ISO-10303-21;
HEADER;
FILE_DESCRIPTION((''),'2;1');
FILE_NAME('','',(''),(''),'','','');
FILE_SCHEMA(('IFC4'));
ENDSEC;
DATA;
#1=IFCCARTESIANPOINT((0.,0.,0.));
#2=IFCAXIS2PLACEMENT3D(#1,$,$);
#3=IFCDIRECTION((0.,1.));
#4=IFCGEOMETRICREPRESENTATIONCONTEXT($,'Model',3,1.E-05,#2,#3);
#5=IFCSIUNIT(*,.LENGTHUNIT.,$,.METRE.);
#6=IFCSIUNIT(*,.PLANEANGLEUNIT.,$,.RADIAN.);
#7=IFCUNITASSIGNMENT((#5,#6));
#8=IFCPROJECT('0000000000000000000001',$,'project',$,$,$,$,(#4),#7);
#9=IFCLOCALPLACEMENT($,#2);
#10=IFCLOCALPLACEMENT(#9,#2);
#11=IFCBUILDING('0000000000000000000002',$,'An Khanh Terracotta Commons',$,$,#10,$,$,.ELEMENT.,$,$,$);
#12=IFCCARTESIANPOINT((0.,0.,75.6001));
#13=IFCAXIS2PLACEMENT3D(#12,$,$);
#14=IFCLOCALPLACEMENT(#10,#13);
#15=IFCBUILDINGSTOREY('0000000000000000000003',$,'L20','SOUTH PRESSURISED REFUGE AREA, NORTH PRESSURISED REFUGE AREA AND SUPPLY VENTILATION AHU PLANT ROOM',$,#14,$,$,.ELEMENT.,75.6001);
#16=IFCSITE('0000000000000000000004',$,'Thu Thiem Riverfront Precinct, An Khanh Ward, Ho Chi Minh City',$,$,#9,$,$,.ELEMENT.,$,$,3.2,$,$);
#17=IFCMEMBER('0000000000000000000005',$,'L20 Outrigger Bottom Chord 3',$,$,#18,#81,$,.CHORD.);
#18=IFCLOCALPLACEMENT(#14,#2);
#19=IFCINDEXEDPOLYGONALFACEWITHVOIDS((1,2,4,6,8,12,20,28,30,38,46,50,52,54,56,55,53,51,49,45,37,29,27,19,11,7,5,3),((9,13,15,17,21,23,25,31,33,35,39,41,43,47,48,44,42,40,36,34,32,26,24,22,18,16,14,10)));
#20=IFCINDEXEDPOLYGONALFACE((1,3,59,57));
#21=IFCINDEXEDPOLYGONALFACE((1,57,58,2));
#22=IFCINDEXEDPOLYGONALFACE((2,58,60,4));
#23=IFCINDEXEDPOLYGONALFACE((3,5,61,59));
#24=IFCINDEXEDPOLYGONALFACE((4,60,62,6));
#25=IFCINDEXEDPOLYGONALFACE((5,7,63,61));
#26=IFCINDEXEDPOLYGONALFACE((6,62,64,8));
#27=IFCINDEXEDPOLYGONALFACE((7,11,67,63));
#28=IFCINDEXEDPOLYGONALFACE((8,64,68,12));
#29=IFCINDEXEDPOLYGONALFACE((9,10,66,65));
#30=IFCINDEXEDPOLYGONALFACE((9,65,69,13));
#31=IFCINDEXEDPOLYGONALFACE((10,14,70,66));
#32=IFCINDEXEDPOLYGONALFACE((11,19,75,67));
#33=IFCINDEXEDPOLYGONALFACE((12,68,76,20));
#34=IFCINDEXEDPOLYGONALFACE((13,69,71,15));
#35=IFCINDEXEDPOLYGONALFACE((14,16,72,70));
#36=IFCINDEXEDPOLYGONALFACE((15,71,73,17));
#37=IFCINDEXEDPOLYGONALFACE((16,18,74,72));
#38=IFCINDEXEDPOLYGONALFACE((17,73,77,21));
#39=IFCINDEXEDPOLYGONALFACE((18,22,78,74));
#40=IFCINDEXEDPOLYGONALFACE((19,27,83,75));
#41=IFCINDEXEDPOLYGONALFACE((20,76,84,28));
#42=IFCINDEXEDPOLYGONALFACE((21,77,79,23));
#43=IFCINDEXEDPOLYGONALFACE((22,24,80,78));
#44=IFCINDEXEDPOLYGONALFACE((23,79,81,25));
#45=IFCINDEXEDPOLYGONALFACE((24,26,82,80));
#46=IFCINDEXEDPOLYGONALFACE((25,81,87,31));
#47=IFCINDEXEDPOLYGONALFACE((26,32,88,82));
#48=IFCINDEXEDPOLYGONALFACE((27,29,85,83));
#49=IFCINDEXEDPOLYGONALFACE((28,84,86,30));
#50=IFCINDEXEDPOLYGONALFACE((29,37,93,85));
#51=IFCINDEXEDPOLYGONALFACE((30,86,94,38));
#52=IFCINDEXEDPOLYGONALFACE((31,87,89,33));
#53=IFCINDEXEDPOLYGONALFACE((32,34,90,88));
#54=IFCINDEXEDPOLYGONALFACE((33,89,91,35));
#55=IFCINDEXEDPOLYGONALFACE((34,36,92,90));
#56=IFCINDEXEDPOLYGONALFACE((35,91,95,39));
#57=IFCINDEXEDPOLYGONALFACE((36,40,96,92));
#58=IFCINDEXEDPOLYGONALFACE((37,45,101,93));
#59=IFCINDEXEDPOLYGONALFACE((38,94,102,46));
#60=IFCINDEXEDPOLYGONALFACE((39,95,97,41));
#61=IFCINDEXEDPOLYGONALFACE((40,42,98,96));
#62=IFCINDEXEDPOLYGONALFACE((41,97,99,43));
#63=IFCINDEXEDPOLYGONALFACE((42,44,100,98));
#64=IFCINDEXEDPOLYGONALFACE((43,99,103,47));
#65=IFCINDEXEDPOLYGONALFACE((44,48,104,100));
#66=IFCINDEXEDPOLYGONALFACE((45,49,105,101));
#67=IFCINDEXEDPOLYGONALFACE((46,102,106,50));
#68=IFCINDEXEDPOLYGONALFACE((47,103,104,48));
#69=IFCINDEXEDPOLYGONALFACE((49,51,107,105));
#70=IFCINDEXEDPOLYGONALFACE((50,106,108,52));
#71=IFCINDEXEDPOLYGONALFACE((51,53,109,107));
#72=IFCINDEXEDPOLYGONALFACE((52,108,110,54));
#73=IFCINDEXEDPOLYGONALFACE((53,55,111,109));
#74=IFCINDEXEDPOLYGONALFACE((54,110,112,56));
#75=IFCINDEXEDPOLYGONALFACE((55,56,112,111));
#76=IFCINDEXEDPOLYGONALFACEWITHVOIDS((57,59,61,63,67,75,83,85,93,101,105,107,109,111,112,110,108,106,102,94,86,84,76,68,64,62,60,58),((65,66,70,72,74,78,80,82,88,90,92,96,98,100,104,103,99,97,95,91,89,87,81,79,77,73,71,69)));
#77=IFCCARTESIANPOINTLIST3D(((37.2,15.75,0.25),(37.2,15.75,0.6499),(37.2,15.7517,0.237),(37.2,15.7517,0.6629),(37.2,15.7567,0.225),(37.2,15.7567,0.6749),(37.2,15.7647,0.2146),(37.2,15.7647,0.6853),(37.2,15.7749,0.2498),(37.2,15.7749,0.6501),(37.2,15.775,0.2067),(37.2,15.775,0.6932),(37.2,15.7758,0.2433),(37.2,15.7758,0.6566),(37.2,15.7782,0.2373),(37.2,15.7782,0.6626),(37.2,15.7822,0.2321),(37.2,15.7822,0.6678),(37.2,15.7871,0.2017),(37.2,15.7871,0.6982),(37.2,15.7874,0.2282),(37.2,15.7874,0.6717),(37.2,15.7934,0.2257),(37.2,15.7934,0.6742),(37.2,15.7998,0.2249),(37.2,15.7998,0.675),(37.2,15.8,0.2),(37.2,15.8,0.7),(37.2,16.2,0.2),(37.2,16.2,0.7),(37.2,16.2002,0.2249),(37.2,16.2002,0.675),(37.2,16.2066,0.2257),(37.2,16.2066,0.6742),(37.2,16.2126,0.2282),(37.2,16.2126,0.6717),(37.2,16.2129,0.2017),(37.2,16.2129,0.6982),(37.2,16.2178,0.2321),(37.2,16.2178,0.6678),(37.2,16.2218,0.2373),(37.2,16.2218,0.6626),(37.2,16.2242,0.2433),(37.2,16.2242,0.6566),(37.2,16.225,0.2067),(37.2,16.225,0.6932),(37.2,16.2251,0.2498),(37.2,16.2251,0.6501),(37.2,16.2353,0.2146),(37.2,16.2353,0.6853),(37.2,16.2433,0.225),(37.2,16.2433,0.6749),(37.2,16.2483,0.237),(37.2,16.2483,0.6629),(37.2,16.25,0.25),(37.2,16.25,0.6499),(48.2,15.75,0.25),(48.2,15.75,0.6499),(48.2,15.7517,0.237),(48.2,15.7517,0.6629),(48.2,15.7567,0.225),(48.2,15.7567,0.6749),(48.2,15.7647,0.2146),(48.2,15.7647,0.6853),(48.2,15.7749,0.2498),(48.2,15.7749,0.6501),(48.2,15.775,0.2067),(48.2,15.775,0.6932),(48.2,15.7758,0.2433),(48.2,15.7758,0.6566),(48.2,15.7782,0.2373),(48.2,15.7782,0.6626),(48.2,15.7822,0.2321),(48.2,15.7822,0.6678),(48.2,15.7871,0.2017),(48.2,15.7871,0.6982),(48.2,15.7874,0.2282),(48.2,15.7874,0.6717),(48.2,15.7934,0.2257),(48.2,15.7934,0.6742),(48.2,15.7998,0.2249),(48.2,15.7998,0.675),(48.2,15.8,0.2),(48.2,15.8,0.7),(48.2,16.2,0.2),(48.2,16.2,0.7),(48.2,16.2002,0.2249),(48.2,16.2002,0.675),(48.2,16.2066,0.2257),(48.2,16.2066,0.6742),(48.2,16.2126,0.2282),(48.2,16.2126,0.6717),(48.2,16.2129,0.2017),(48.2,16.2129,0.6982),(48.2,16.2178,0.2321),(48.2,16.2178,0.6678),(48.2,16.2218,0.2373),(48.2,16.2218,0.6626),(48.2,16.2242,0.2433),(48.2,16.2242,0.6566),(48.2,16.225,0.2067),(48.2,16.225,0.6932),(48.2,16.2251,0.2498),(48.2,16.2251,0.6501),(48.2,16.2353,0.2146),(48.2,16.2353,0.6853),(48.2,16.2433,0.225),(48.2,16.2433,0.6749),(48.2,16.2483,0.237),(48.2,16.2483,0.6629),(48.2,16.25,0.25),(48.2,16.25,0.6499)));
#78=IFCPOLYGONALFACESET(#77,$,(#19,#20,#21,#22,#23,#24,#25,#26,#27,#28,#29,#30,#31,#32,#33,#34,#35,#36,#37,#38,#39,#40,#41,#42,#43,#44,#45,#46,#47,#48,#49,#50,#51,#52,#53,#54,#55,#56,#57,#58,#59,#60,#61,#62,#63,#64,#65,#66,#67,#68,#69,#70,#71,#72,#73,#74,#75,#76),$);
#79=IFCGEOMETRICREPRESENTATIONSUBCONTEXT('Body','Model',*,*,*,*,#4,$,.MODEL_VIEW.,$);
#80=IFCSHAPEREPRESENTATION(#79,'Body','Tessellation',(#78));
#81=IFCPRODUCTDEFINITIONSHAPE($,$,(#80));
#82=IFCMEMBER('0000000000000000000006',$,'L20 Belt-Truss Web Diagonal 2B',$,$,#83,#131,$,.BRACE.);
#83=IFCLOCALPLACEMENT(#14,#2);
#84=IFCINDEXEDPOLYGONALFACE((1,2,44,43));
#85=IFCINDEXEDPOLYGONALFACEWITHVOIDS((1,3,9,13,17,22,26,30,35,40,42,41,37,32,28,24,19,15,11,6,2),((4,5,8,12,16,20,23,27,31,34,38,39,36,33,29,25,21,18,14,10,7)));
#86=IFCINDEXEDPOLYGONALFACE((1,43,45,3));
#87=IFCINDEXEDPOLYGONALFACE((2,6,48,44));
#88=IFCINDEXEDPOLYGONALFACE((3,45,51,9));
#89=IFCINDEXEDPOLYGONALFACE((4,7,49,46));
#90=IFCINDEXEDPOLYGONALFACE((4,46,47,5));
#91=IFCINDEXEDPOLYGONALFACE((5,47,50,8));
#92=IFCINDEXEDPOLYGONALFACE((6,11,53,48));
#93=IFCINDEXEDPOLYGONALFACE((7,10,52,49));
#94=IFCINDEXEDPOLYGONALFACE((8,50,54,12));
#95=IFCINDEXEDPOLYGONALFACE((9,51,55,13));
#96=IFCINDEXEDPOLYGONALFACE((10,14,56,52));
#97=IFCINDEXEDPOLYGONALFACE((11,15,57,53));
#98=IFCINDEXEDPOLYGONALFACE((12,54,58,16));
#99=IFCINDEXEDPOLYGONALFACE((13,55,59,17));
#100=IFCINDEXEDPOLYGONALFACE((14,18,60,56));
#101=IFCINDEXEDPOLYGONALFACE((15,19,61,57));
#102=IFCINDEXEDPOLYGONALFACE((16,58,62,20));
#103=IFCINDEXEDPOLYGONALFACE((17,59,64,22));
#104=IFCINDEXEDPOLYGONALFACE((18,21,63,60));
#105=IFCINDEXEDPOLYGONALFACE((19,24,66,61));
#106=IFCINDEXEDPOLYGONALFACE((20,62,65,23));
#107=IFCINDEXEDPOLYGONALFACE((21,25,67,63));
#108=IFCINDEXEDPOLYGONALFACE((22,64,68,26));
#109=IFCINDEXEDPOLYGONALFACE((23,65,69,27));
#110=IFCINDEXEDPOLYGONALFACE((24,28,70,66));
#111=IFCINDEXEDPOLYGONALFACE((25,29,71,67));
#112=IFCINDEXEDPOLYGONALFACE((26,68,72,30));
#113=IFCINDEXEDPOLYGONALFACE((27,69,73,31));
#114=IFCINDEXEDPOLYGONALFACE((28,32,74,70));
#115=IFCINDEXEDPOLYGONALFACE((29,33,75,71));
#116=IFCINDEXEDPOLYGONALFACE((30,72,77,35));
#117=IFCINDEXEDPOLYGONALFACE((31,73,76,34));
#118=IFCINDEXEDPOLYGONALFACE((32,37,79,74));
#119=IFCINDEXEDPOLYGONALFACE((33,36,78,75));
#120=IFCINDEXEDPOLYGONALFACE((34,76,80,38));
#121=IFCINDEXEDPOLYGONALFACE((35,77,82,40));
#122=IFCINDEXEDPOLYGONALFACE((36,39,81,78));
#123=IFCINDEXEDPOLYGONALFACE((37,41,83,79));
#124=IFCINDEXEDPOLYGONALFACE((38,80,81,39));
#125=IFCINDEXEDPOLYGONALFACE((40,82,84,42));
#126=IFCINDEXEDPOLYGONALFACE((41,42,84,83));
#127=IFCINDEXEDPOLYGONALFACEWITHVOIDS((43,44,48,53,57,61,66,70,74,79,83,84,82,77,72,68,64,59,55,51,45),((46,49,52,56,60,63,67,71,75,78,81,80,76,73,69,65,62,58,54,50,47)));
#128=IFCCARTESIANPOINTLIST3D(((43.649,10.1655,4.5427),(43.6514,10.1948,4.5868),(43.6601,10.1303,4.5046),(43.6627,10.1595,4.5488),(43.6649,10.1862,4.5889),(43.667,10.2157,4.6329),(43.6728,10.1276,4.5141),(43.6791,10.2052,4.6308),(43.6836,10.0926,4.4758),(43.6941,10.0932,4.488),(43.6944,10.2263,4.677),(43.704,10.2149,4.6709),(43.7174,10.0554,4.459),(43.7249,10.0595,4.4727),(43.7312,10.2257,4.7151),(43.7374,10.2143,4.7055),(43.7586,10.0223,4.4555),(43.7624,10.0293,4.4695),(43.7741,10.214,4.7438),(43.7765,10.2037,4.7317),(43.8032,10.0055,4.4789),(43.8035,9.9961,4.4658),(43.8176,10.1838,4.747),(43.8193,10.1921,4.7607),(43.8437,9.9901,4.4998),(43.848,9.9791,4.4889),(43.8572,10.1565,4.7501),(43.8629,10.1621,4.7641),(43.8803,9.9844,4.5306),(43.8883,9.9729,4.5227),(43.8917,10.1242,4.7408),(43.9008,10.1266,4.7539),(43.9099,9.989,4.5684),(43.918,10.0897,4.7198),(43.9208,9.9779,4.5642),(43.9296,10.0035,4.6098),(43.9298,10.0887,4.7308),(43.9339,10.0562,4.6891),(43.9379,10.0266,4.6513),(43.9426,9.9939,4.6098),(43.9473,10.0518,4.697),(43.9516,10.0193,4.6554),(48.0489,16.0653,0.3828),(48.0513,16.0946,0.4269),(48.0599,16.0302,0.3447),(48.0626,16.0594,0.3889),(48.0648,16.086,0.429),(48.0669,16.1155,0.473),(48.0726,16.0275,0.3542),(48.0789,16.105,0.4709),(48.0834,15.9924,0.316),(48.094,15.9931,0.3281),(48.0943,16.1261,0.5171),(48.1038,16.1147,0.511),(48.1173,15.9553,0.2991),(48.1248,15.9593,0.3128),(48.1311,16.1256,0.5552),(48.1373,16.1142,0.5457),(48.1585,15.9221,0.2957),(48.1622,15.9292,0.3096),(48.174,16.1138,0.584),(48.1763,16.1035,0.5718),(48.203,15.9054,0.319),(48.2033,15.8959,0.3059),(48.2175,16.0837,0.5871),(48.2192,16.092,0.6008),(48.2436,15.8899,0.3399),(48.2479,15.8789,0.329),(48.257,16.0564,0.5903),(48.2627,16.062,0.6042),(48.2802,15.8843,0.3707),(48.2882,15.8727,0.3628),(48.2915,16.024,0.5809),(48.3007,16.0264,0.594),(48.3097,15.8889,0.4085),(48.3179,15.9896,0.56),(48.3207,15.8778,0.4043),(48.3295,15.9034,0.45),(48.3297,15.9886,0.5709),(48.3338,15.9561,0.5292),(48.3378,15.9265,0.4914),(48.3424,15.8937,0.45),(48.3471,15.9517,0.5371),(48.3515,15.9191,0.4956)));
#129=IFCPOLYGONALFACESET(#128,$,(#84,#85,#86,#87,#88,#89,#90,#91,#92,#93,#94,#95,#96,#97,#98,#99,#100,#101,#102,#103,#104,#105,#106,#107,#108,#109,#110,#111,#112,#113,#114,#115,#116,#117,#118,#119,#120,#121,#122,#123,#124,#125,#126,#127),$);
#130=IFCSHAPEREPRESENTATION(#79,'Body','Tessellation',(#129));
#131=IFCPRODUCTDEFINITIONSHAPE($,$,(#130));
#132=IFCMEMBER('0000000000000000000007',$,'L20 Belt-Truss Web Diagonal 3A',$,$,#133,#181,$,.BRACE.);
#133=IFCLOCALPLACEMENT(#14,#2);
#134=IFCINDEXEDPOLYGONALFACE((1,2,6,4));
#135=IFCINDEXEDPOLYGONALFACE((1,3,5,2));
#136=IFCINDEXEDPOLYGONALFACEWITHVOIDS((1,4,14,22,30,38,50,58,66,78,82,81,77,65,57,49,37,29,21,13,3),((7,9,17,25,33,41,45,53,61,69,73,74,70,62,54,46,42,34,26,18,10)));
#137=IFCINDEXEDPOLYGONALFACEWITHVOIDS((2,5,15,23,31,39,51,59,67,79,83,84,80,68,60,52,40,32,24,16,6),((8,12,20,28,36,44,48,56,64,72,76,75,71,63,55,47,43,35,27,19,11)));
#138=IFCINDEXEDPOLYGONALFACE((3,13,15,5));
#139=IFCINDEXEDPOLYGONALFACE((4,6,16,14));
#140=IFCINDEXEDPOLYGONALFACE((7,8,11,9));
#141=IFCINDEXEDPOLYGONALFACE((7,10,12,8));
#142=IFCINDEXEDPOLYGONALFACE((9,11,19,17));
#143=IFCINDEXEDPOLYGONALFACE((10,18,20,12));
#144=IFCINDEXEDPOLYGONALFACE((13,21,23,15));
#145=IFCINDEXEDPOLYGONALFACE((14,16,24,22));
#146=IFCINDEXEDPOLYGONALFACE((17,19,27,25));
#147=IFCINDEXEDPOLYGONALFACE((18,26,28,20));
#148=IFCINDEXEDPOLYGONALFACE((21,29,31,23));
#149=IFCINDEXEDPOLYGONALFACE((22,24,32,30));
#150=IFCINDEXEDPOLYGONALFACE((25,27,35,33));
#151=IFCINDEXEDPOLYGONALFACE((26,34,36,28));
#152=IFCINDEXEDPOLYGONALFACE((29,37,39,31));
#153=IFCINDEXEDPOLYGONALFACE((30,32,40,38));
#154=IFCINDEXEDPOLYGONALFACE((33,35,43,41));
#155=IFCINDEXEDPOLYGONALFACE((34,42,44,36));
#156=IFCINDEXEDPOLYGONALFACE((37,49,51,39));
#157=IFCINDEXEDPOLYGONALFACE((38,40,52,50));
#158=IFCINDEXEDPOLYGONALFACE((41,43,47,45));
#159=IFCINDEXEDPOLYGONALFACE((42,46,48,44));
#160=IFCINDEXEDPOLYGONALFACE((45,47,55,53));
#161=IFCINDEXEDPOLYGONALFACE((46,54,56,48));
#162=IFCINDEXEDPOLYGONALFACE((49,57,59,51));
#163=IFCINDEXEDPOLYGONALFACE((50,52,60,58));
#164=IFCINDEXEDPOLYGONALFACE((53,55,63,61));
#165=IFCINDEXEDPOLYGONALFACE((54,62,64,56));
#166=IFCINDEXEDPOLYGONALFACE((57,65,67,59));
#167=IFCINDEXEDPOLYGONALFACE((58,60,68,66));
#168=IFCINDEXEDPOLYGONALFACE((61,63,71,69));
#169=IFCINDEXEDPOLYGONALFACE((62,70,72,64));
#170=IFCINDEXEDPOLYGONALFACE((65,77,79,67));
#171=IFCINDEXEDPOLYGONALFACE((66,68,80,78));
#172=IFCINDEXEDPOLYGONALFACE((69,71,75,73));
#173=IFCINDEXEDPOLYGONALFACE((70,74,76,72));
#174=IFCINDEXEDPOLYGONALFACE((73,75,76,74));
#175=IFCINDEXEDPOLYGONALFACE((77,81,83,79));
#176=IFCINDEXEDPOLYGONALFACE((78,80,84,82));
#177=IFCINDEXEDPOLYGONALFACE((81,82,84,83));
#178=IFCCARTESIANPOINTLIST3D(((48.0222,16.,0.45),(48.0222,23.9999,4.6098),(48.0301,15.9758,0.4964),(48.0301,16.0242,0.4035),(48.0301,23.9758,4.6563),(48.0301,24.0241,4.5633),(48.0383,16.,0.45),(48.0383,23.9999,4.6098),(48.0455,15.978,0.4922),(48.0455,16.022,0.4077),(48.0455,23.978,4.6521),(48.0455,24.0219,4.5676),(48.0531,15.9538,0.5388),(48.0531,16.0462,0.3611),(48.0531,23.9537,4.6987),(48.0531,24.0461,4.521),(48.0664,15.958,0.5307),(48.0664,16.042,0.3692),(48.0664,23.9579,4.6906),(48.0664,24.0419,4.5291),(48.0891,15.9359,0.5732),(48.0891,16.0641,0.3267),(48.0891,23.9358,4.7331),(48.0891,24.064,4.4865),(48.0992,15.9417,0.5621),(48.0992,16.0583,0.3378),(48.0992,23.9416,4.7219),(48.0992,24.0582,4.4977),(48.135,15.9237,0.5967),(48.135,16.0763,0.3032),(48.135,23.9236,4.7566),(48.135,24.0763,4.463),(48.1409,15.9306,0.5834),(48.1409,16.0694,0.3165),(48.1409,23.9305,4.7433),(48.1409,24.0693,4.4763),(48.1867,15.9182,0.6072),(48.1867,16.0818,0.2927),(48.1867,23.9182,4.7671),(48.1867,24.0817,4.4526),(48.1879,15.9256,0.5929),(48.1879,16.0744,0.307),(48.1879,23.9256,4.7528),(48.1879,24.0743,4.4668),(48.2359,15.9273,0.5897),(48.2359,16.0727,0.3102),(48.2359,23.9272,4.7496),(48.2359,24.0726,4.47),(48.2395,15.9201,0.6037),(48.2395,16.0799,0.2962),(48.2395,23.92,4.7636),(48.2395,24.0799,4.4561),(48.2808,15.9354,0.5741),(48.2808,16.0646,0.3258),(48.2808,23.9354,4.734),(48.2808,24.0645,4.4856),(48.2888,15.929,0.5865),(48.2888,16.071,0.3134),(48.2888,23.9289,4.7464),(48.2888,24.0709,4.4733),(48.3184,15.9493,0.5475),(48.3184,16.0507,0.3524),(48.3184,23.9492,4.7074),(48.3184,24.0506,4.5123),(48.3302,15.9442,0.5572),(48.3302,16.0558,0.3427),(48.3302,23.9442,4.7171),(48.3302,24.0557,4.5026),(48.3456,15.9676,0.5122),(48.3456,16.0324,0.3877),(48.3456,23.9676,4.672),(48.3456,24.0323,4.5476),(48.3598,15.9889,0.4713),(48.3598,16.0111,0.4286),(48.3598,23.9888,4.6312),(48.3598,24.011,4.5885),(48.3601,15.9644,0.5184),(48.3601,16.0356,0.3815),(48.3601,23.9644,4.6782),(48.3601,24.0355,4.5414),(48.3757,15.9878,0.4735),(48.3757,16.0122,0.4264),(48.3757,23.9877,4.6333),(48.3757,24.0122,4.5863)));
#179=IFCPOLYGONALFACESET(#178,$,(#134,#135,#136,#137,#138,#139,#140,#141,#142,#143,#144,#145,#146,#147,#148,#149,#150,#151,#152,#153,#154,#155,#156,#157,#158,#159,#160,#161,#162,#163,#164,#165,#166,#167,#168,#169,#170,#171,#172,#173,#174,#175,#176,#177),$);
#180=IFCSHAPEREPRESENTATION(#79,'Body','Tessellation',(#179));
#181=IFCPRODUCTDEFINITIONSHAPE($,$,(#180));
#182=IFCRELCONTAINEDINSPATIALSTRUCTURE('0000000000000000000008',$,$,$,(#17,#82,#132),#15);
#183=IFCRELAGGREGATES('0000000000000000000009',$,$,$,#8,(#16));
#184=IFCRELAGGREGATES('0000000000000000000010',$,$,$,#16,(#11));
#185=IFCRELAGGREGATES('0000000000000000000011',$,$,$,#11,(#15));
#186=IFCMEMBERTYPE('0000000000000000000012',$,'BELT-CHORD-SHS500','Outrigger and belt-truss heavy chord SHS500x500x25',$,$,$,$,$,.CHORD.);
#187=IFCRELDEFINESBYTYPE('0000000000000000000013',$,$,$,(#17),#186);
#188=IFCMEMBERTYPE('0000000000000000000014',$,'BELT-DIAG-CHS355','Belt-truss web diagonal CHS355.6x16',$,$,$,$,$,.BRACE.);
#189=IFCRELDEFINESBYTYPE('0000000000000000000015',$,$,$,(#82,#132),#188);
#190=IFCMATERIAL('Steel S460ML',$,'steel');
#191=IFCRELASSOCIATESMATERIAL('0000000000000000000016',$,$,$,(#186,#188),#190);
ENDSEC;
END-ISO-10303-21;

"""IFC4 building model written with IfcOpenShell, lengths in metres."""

from ifc_helpers import new_model, si_unit, direction, frame, origin, origin_2d, place, context, subcontext, project, spatial, hollow_rectangle, hollow_circle, extrude, material, material_profile, profile_set, type_object, element, save


model = new_model("IFC4")

# Units and contexts
model_context = context("Model", 3, precision=1e-05, world=origin(), true_north=direction((0.0, 1.0)))
body_context = subcontext(model_context, "Body", "Model", "MODEL_VIEW")
ifc_project = project(units=[si_unit("LENGTHUNIT", "METRE"), si_unit("PLANEANGLEUNIT", "RADIAN")], contexts=[model_context])

# Site, building, storey
site_placement = place(None, origin())
site = spatial("IfcSite", under=ifc_project, at=site_placement, Name="Thu Thiem Riverfront Precinct, An Khanh Ward, Ho Chi Minh City", CompositionType="ELEMENT", RefElevation=3.2)
building_placement = place(site_placement, origin())
building = spatial("IfcBuilding", under=site, at=building_placement, Name="An Khanh Terracotta Commons", CompositionType="ELEMENT")
storey_placement = place(building_placement, frame((0.0, 0.0, 75.6001)))
storey = spatial("IfcBuildingStorey", under=building, at=storey_placement, Name="L20", Description="SOUTH PRESSURISED REFUGE AREA, NORTH PRESSURISED REFUGE AREA AND SUPPLY VENTILATION AHU PLANT ROOM", CompositionType="ELEMENT", Elevation=75.6001)

# Shared definitions
ifc_material_1 = material(Name="Steel S460ML", Category="steel")

# Members
ifc_material_profile_1 = material_profile(ifc_material_1, hollow_rectangle(XDim=0.5, YDim=0.5, WallThickness=0.0249, InnerFilletRadius=0.0249, OuterFilletRadius=0.05, at=origin_2d()), Name="SHS500x500x25")
ifc_profile_set_1 = profile_set([ifc_material_profile_1], Name="Steel S460ML")
member_type_1 = type_object("IfcMemberType", Name="BELT-CHORD-SHS500", Description="Outrigger and belt-truss heavy chord SHS500x500x25", PredefinedType="CHORD", material=ifc_profile_set_1)
member_1_placement = place(storey_placement, frame((37.2, 16.0, 0.45), z_axis=(1.0, 0.0, 0.0), x_axis=(0.0, 1.0, 0.0)))
element("IfcMember", 1, at=member_1_placement, inside=storey, type_object=member_type_1, Name="L20 Outrigger Bottom Chord 3", PredefinedType="CHORD", context=body_context, shape_type="SweptSolid", body=[
    extrude(hollow_rectangle(XDim=0.5, YDim=0.5, WallThickness=0.0249, InnerFilletRadius=0.0249, OuterFilletRadius=0.05, at=origin_2d()), origin(), (0.0, 0.0, 1.0), 11.0),
])
ifc_material_profile_2 = material_profile(ifc_material_1, hollow_circle(Radius=0.1777, WallThickness=0.0161, at=origin_2d()), Name="CHS355.6x16")
ifc_profile_set_2 = profile_set([ifc_material_profile_2], Name="Steel S460ML")
member_type_2 = type_object("IfcMemberType", Name="BELT-DIAG-CHS355", Description="Belt-truss web diagonal CHS355.6x16", PredefinedType="BRACE", material=ifc_profile_set_2)
member_2_placement = place(storey_placement, frame((48.2, 16.0, 0.45), z_axis=(-0.520442, -0.69787, 0.492055), x_axis=(0.801629, -0.597822, 0.0)))
element("IfcMember", 2, at=member_2_placement, inside=storey, type_object=member_type_2, Name="L20 Belt-Truss Web Diagonal 2B", PredefinedType="BRACE", context=body_context, shape_type="SweptSolid", body=[
    extrude(hollow_circle(Radius=0.1777, WallThickness=0.0161, at=origin_2d()), origin(), (0.0, 0.0, 1.0), 8.4541),
])
member_3_placement = place(storey_placement, frame((48.2, 16.0, 0.45), z_axis=(0.0, 0.887221, 0.461345), x_axis=(-1.0, 0.0, 0.0)))
element("IfcMember", 3, at=member_3_placement, inside=storey, type_object=member_type_2, Name="L20 Belt-Truss Web Diagonal 3A", PredefinedType="BRACE", context=body_context, shape_type="SweptSolid", body=[
    extrude(hollow_circle(Radius=0.1777, WallThickness=0.0161, at=origin_2d()), origin(), (0.0, 0.0, 1.0), 9.0168),
])

save(model, "model.ifc")
